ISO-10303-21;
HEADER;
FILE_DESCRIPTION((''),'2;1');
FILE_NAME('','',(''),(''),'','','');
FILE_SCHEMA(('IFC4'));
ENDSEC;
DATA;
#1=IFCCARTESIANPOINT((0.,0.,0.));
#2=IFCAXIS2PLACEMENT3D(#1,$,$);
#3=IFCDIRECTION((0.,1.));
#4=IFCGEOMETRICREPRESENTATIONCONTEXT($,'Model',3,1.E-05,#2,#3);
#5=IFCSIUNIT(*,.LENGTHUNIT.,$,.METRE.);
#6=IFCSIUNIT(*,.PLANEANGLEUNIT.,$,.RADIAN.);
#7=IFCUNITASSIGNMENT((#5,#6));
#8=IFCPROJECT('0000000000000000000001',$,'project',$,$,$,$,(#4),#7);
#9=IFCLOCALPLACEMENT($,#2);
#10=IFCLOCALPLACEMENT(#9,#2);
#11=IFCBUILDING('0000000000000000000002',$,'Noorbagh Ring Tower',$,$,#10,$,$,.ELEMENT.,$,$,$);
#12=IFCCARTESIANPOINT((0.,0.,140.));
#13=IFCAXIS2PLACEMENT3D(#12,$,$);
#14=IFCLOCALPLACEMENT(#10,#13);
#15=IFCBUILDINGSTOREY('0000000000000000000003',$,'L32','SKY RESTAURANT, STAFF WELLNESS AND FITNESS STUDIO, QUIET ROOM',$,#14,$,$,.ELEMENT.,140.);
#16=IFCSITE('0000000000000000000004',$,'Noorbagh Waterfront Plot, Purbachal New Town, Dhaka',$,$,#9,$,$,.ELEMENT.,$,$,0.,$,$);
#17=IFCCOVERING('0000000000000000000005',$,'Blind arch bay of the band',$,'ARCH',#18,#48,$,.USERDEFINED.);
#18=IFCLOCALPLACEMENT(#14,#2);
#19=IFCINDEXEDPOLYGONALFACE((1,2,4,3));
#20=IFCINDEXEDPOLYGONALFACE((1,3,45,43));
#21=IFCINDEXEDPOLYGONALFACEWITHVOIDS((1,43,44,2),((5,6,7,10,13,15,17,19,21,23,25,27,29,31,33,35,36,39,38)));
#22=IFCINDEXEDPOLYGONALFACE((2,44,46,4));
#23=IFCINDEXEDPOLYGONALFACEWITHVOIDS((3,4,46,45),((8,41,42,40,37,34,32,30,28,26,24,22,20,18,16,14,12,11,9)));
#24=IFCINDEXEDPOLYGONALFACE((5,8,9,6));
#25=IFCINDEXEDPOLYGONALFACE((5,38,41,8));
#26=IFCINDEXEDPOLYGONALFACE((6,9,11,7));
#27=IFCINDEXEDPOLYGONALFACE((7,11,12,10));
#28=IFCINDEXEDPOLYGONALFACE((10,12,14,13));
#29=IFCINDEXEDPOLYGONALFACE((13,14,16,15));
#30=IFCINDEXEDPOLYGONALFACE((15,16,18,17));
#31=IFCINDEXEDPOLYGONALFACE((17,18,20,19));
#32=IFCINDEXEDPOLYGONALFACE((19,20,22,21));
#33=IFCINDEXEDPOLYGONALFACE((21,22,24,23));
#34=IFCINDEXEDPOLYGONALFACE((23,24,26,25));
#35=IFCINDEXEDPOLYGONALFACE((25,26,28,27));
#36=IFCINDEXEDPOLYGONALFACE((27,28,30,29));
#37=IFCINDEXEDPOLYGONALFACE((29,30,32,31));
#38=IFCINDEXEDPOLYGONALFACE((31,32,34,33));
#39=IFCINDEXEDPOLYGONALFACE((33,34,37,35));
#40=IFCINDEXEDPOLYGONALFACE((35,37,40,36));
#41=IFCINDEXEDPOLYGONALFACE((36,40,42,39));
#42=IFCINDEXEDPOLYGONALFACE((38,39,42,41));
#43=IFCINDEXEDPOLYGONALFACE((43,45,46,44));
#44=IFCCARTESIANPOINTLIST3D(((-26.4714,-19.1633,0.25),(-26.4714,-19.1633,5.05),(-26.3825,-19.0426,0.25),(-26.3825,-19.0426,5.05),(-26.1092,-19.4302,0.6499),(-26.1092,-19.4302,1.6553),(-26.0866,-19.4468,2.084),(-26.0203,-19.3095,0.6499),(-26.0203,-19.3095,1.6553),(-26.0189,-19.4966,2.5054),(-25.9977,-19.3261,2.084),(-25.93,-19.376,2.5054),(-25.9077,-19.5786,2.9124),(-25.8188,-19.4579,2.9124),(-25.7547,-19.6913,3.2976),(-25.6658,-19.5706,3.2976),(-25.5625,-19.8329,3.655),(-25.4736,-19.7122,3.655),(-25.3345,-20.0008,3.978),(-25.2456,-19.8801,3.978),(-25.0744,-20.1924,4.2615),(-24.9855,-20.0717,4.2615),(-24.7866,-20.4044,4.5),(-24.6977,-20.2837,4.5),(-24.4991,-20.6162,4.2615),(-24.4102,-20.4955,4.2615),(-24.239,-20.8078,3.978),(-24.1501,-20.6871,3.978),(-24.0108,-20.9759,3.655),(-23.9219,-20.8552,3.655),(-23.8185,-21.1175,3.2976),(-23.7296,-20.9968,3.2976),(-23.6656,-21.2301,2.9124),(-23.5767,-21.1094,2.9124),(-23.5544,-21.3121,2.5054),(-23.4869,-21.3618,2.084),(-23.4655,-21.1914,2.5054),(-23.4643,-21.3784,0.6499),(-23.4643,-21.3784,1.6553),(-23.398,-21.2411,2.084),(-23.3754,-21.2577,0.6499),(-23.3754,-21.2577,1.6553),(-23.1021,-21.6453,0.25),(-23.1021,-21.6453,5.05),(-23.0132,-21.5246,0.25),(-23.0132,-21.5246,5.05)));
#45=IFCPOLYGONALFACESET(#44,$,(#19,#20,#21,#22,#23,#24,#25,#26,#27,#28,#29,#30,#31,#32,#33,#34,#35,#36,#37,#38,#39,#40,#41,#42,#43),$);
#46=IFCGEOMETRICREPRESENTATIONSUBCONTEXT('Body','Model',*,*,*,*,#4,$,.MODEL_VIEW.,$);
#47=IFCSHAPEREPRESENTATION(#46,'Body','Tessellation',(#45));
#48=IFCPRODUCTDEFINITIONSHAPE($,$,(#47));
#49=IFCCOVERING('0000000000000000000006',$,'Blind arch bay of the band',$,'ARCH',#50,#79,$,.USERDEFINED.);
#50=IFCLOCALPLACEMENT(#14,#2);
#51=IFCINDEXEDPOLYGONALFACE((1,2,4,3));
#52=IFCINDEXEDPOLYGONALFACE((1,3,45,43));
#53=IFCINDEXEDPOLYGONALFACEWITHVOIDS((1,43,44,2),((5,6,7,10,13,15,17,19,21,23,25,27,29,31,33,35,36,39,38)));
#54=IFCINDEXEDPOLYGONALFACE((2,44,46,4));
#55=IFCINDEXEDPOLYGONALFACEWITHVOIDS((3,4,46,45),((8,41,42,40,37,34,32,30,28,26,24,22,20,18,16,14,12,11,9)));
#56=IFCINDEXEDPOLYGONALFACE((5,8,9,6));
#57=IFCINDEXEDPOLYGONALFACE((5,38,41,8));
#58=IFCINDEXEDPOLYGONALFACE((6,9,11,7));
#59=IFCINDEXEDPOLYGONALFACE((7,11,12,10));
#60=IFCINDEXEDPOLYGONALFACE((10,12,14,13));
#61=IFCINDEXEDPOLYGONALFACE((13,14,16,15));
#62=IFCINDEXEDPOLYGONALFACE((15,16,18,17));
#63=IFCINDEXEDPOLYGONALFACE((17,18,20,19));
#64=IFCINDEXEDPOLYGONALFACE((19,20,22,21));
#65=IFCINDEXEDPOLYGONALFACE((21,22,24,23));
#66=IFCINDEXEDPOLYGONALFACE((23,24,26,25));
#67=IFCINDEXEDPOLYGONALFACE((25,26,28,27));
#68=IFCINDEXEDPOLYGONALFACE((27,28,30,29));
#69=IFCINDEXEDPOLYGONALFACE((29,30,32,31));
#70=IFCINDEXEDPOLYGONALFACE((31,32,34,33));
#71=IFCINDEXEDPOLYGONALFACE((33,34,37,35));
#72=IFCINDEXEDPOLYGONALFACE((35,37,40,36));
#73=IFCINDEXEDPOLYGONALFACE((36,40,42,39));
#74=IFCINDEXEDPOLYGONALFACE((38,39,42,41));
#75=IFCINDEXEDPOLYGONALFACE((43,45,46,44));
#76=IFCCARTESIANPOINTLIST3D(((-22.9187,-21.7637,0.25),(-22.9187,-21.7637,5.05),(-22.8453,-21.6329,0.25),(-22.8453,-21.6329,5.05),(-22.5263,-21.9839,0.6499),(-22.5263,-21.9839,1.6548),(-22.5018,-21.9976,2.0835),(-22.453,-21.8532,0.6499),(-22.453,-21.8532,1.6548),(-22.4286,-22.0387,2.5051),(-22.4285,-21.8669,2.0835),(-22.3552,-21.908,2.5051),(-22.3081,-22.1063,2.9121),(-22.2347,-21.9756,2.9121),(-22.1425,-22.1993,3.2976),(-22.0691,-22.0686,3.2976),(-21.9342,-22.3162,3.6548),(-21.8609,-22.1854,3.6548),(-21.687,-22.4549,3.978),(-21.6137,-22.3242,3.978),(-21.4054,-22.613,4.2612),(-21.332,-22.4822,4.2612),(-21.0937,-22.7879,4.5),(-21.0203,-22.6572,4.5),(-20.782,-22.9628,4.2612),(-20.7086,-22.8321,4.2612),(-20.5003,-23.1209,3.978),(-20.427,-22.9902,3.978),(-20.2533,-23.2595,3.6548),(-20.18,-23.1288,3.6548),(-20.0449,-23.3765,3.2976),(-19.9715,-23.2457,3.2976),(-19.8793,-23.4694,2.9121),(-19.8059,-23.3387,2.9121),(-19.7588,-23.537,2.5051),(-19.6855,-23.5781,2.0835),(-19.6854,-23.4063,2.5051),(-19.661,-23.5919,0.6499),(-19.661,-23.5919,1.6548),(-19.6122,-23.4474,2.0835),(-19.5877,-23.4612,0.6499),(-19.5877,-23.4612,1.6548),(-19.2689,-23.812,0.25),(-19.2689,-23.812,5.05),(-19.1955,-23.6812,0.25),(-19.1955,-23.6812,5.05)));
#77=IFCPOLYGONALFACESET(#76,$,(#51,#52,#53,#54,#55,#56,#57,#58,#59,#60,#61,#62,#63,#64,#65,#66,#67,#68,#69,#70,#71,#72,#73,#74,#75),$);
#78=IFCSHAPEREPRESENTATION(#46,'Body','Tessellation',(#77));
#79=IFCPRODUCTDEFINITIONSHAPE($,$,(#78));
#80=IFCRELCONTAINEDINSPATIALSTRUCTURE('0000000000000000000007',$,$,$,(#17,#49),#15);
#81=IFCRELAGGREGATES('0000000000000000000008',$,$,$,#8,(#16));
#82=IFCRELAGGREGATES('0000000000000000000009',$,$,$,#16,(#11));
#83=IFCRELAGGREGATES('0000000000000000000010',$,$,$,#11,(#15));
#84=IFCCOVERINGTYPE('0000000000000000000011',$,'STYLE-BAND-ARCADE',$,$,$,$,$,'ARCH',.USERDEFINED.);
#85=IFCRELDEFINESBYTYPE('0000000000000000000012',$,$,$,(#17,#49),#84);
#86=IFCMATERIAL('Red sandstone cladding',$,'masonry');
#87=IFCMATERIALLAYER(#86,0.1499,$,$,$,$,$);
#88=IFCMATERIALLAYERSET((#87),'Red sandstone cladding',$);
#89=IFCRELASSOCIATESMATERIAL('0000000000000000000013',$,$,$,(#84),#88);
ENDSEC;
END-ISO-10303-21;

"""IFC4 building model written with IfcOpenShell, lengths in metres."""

from ifc_helpers import new_model, si_unit, direction, frame, origin, place, context, subcontext, project, spatial, polyline, outline, extrude, material, layer, layer_set, type_object, element, save


model = new_model("IFC4")

# Units and contexts
model_context = context("Model", 3, precision=1e-05, world=origin(), true_north=direction((0.0, 1.0)))
body_context = subcontext(model_context, "Body", "Model", "MODEL_VIEW")
ifc_project = project(units=[si_unit("LENGTHUNIT", "METRE"), si_unit("PLANEANGLEUNIT", "RADIAN")], contexts=[model_context])

# Site, building, storey
site_placement = place(None, origin())
site = spatial("IfcSite", under=ifc_project, at=site_placement, Name="Noorbagh Waterfront Plot, Purbachal New Town, Dhaka", CompositionType="ELEMENT", RefElevation=0.0)
building_placement = place(site_placement, origin())
building = spatial("IfcBuilding", under=site, at=building_placement, Name="Noorbagh Ring Tower", CompositionType="ELEMENT")
storey_placement = place(building_placement, frame((0.0, 0.0, 140.0)))
storey = spatial("IfcBuildingStorey", under=building, at=storey_placement, Name="L32", Description="SKY RESTAURANT, STAFF WELLNESS AND FITNESS STUDIO, QUIET ROOM", CompositionType="ELEMENT", Elevation=140.0)

# Coverings
ifc_material_1 = material(Name="Red sandstone cladding", Category="masonry")
ifc_layer_1 = layer(ifc_material_1, 0.1499)
ifc_layer_set_1 = layer_set([ifc_layer_1], Name="Red sandstone cladding")
covering_type_1 = type_object("IfcCoveringType", Name="STYLE-BAND-ARCADE", ElementType="ARCH", PredefinedType="USERDEFINED", material=ifc_layer_set_1)
covering_1_placement = place(storey_placement, frame((-26.4714, -19.1633, 0.25), z_axis=(-0.59308, -0.805144, 0.0), x_axis=(0.805144, -0.59308, 0.0)))
element("IfcCovering", 1, at=covering_1_placement, inside=storey, type_object=covering_type_1, Name="Blind arch bay of the band", ObjectType="ARCH", PredefinedType="USERDEFINED", context=body_context, shape_type="SweptSolid", body=[
    extrude(outline(polyline([(0.0, 0.0), (4.1848, 0.0), (4.1848, 4.8), (0.0, 4.8), (0.0, 0.0)]), holes=[polyline([(0.45, 0.3999), (0.45, 1.4053), (0.478, 1.834), (0.562, 2.2554), (0.7002, 2.6624), (0.8901, 3.0476), (1.1289, 3.405), (1.4121, 3.728), (1.7351, 4.0115), (2.0925, 4.25), (2.4497, 4.0115), (2.7727, 3.728), (3.0562, 3.405), (3.2949, 3.0476), (3.4849, 2.6624), (3.623, 2.2554), (3.7068, 1.834), (3.7349, 1.4053), (3.7349, 0.3999), (0.45, 0.3999)])]), origin(), (0.0, 0.0, -1.0), 0.1499),
])
covering_2_placement = place(storey_placement, frame((-22.9187, -21.7637, 0.25), z_axis=(-0.489402, -0.872058, 0.0), x_axis=(0.872058, -0.489402, 0.0)))
element("IfcCovering", 2, at=covering_2_placement, inside=storey, type_object=covering_type_1, Name="Blind arch bay of the band", ObjectType="ARCH", PredefinedType="USERDEFINED", context=body_context, shape_type="SweptSolid", body=[
    extrude(outline(polyline([(0.0, 0.0), (4.1853, 0.0), (4.1853, 4.8), (0.0, 4.8), (0.0, 0.0)]), holes=[polyline([(0.45, 0.3999), (0.45, 1.4048), (0.478, 1.8335), (0.562, 2.2551), (0.7002, 2.6621), (0.8901, 3.0476), (1.1289, 3.4048), (1.4124, 3.728), (1.7354, 4.0112), (2.0928, 4.25), (2.4502, 4.0112), (2.7732, 3.728), (3.0564, 3.4048), (3.2954, 3.0476), (3.4854, 2.6621), (3.6235, 2.2551), (3.7075, 1.8335), (3.7356, 1.4048), (3.7356, 0.3999), (0.45, 0.3999)])]), origin(), (0.0, 0.0, -1.0), 0.1499),
])

save(model, "model.ifc")
